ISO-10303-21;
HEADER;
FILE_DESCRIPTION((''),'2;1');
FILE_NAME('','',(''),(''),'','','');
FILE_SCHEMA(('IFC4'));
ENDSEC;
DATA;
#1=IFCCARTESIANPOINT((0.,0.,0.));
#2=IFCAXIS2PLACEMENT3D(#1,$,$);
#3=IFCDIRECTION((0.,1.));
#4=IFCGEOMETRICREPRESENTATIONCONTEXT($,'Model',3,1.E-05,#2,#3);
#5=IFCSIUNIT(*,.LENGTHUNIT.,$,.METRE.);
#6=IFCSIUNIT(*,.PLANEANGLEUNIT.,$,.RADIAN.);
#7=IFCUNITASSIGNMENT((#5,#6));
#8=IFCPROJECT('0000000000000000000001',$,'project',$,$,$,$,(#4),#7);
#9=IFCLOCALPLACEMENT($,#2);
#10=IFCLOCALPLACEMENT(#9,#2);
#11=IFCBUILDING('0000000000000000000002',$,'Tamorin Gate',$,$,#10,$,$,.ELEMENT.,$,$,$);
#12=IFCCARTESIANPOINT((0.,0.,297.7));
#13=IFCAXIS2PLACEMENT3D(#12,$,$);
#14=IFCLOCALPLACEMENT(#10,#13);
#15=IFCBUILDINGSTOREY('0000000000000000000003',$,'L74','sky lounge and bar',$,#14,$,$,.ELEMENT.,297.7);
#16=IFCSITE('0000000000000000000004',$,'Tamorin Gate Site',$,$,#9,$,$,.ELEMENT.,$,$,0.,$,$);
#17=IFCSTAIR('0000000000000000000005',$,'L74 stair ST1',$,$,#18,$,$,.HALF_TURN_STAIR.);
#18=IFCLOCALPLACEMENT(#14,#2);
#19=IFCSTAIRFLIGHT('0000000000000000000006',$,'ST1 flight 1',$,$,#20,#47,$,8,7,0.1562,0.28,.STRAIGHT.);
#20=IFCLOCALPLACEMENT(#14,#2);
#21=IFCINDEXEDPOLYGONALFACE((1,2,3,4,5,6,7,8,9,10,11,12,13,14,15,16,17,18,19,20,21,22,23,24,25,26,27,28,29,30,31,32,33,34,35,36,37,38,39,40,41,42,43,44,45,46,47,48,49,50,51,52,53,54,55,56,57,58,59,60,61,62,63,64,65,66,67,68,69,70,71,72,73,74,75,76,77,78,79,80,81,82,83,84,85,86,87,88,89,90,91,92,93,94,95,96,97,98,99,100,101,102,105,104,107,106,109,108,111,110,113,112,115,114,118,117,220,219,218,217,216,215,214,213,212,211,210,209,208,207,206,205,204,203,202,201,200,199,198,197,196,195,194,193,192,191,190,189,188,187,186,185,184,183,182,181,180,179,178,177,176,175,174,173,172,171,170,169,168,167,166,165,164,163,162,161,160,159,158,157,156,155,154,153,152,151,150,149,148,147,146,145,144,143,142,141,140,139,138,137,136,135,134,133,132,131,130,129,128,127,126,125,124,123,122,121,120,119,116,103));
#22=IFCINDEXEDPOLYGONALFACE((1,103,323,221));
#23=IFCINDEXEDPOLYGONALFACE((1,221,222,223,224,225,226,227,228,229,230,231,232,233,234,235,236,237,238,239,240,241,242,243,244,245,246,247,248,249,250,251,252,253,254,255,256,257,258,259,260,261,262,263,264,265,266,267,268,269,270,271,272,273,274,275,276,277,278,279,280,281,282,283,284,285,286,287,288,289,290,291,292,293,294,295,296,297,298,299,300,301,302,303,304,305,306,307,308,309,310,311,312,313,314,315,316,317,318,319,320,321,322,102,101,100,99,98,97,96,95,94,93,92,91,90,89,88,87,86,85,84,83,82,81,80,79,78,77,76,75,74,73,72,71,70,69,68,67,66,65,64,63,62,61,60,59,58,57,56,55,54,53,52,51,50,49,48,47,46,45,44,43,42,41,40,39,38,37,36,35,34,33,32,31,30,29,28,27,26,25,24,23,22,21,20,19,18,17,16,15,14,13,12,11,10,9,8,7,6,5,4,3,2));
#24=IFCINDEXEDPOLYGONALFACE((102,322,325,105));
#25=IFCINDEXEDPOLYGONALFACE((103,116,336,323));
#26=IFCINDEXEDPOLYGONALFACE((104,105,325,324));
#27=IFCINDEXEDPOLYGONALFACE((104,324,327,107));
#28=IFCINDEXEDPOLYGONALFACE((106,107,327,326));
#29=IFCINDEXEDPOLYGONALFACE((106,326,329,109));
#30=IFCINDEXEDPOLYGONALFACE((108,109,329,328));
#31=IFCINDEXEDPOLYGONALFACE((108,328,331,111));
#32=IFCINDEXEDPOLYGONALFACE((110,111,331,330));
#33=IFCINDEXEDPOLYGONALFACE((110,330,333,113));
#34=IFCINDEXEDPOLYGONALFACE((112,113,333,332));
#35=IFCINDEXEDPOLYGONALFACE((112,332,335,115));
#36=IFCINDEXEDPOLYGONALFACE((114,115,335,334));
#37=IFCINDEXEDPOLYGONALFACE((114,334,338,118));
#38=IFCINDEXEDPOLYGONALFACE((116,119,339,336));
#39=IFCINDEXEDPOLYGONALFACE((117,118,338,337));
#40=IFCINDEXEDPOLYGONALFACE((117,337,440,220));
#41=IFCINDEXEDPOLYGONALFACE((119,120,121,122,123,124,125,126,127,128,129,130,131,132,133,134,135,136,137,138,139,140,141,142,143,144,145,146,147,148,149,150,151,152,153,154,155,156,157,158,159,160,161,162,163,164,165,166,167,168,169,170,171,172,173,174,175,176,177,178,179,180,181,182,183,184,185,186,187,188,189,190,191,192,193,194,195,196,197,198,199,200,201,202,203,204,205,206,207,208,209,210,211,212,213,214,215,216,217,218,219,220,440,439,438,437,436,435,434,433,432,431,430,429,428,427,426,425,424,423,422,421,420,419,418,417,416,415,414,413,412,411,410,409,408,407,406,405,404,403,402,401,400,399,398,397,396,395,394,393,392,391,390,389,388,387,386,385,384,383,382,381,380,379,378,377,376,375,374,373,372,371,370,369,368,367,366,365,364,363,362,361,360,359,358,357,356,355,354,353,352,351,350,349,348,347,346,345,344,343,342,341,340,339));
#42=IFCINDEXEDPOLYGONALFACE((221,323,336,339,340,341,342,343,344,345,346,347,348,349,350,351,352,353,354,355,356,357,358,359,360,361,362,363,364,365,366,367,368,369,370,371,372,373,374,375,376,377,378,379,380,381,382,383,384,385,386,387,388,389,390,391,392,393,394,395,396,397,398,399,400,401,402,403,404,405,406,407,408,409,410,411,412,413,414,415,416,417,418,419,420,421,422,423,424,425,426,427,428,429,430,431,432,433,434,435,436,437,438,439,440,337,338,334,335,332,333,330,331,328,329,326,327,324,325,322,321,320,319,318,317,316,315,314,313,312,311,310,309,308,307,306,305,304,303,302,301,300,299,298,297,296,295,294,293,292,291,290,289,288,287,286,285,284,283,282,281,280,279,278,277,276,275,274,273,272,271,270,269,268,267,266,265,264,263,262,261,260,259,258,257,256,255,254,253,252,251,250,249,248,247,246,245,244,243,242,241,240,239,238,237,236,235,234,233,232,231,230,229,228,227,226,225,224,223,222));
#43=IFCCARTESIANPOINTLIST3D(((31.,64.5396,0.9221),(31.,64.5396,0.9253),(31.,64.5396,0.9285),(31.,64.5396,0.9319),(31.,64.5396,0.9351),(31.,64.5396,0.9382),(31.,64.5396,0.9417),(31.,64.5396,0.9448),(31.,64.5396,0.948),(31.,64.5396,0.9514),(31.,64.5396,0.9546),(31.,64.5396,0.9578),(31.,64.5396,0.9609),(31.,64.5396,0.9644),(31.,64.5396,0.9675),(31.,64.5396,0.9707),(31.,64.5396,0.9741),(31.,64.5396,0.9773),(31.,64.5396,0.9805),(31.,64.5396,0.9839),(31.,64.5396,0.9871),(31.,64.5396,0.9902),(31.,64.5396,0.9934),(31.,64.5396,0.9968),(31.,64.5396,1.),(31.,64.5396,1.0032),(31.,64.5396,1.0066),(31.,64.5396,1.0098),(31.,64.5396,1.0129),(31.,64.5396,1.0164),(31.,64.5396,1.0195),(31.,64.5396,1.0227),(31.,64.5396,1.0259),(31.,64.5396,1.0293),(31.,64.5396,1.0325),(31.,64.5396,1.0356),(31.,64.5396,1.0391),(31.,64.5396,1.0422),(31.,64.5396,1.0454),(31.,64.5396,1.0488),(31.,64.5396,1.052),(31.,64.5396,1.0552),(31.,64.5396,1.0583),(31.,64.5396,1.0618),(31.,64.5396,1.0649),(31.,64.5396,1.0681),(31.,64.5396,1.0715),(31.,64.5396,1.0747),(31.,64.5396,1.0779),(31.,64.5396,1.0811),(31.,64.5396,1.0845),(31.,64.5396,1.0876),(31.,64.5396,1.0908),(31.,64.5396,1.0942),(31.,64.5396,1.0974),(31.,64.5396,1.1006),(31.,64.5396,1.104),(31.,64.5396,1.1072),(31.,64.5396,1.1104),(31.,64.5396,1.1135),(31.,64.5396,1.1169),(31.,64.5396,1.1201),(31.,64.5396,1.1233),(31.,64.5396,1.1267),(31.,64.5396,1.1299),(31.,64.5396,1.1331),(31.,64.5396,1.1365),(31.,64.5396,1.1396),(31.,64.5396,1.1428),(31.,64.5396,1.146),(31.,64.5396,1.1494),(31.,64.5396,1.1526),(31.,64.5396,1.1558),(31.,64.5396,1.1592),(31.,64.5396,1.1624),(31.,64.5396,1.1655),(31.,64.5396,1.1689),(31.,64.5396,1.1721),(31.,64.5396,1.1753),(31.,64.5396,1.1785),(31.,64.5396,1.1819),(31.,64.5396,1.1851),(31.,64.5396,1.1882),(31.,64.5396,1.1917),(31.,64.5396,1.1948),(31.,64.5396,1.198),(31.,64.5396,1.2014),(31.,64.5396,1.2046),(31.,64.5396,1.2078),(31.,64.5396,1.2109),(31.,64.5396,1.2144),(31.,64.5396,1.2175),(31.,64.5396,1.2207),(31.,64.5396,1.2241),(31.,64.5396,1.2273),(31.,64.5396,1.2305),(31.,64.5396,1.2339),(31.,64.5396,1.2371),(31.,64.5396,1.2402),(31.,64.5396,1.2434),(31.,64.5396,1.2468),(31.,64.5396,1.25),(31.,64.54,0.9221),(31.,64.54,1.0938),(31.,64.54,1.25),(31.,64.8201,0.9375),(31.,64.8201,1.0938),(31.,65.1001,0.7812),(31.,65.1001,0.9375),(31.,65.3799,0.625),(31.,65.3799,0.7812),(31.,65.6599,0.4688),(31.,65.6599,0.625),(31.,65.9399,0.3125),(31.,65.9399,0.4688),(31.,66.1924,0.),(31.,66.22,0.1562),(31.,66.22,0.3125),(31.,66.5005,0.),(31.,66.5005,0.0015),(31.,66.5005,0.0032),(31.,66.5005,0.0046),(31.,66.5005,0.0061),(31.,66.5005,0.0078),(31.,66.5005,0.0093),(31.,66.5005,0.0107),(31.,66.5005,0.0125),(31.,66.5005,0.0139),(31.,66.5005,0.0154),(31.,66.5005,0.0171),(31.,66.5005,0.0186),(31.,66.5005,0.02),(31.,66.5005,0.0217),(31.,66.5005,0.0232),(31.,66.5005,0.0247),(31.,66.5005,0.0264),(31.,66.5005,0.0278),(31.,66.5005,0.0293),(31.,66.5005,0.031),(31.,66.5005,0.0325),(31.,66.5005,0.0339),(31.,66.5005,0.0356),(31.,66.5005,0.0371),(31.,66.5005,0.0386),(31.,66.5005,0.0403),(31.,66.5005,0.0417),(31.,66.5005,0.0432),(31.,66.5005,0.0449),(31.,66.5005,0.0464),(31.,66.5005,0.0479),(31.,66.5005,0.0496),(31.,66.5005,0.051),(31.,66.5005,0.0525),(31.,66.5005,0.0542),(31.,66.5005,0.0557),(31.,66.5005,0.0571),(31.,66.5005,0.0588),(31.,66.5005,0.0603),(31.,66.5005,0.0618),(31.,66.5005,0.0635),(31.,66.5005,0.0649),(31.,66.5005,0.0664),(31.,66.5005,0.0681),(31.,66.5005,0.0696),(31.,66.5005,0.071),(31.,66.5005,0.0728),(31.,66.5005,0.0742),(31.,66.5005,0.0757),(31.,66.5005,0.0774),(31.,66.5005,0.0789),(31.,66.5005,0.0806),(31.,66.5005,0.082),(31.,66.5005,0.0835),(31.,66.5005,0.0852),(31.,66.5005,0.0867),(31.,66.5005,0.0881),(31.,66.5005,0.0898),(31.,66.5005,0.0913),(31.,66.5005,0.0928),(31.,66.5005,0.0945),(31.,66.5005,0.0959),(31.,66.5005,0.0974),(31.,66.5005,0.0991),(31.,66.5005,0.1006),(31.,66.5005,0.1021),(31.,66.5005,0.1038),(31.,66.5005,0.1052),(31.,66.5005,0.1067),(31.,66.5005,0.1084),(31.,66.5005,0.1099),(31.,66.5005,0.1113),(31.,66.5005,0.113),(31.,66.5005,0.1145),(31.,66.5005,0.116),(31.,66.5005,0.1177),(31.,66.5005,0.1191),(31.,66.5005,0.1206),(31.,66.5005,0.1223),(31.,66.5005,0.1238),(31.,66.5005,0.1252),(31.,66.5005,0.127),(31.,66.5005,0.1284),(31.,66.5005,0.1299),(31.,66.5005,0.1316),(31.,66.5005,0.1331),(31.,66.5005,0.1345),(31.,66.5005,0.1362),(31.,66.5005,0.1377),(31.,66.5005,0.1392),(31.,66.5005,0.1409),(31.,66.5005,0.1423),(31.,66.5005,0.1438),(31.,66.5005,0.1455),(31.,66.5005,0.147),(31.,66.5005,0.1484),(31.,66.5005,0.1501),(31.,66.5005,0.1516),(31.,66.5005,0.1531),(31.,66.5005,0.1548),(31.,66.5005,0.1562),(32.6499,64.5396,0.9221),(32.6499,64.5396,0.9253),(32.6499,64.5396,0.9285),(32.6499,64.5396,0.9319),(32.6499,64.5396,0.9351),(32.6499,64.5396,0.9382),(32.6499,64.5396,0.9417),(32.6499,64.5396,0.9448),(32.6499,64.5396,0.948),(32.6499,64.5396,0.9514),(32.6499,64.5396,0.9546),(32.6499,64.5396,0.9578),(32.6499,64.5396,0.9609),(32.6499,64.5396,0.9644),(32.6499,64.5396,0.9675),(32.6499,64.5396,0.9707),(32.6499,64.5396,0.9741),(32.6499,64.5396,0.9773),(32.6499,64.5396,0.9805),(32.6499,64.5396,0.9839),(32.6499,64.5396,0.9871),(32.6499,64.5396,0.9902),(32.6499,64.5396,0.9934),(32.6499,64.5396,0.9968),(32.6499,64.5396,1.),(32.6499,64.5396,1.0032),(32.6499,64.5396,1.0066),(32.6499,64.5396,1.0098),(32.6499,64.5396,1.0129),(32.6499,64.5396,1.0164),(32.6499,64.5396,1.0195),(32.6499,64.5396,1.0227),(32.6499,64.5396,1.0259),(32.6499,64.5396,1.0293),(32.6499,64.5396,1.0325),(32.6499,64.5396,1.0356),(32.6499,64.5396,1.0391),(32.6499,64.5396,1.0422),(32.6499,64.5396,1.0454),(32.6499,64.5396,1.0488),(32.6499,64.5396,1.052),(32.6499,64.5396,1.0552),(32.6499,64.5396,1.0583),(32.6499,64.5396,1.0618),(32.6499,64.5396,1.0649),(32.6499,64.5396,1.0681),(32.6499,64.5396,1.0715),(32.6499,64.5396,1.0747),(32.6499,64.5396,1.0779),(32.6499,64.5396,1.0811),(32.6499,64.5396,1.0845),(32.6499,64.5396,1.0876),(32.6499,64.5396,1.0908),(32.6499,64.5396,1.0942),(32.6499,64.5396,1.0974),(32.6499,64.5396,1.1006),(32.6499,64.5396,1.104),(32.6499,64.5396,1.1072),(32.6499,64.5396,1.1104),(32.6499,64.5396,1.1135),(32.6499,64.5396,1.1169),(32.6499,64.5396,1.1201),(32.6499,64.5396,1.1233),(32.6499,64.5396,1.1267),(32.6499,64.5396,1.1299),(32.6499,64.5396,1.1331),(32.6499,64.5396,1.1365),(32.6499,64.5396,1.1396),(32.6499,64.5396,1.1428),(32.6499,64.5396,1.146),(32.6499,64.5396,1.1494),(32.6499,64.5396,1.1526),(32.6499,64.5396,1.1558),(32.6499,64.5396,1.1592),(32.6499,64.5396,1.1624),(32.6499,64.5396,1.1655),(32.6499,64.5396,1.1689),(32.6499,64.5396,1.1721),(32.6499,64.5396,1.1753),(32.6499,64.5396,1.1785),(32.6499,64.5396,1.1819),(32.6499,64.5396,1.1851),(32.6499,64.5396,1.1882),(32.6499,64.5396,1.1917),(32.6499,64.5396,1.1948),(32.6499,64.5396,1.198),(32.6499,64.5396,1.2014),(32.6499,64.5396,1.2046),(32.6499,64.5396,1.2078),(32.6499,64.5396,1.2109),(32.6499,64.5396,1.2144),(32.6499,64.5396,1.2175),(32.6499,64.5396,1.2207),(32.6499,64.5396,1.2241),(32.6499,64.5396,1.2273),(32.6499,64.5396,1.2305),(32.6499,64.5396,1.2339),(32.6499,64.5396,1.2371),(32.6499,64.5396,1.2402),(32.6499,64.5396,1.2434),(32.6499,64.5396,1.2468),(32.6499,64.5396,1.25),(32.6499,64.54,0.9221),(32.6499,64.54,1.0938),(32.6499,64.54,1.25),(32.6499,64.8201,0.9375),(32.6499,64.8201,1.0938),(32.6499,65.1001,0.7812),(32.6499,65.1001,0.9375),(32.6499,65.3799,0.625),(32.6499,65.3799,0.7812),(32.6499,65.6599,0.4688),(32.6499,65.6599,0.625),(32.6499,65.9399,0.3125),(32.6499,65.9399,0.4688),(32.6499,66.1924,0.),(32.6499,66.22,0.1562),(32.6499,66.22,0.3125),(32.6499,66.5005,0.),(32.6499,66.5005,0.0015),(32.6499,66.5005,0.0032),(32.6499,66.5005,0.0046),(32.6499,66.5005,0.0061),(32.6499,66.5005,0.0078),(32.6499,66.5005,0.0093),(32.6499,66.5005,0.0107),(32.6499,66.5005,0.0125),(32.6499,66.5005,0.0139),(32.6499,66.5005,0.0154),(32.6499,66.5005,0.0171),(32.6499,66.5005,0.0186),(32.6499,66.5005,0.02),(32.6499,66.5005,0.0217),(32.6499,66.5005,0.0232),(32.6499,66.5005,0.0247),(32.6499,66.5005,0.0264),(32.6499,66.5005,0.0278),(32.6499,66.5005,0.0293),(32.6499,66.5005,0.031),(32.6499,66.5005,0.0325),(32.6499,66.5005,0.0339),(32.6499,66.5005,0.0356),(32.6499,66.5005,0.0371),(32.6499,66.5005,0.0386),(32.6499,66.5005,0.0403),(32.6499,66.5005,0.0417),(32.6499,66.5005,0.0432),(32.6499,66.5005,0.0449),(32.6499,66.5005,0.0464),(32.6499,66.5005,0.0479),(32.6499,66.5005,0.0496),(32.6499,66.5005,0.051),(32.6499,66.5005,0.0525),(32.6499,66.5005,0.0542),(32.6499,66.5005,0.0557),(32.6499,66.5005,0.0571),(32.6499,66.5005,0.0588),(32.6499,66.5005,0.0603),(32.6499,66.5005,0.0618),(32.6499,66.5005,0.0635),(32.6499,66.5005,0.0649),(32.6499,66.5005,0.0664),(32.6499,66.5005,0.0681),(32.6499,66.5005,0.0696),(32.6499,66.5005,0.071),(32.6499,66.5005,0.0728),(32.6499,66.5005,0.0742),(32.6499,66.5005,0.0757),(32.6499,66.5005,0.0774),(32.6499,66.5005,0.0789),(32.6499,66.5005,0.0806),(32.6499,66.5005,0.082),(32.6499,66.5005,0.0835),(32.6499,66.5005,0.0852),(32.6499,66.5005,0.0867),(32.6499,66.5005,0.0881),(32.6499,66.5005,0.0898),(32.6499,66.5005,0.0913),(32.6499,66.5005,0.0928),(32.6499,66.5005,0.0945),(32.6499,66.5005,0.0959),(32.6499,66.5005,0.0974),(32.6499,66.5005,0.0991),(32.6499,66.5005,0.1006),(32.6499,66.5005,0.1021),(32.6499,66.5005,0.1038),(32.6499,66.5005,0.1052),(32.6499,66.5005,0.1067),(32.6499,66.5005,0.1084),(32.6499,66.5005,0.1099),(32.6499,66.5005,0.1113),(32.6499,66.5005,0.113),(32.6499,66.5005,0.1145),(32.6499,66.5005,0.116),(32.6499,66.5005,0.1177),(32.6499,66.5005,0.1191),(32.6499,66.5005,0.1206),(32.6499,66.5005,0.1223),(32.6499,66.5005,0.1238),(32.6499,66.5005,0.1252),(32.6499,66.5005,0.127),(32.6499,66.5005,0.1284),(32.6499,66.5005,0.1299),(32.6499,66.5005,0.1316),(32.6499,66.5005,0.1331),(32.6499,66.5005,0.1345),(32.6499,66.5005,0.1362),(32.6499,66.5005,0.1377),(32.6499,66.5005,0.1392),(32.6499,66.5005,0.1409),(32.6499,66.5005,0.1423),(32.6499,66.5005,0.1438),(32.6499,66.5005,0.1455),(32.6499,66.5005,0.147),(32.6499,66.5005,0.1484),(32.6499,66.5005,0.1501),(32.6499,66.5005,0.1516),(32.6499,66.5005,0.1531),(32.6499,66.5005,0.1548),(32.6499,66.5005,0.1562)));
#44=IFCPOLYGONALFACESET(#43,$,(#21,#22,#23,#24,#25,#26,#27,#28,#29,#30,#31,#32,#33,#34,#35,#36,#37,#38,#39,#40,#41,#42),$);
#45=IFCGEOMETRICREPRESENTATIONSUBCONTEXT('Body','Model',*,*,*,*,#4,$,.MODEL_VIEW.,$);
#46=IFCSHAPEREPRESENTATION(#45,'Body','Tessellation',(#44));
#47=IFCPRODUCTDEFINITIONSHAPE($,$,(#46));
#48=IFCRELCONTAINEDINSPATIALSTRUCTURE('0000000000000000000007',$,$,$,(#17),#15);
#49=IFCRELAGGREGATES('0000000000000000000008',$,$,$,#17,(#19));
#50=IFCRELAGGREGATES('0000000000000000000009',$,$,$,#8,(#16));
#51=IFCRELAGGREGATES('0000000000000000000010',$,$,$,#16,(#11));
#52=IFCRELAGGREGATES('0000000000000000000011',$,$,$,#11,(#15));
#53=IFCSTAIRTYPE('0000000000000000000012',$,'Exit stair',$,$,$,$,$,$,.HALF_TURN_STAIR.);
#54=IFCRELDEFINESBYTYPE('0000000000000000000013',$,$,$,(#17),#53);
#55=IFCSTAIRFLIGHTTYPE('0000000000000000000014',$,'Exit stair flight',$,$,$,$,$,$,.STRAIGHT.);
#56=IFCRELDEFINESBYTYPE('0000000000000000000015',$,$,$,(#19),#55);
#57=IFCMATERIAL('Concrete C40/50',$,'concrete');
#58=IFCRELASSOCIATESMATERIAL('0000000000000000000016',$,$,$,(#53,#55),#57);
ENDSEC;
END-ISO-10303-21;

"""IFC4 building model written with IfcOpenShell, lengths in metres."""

from ifc_helpers import new_model, si_unit, direction, frame, origin, place, context, subcontext, project, spatial, polyline, outline, extrude, material, type_object, element, aggregate, save


model = new_model("IFC4")

# Units and contexts
model_context = context("Model", 3, precision=1e-05, world=origin(), true_north=direction((0.0, 1.0)))
body_context = subcontext(model_context, "Body", "Model", "MODEL_VIEW")
ifc_project = project(units=[si_unit("LENGTHUNIT", "METRE"), si_unit("PLANEANGLEUNIT", "RADIAN")], contexts=[model_context])

# Site, building, storey
site_placement = place(None, origin())
site = spatial("IfcSite", under=ifc_project, at=site_placement, Name="Tamorin Gate Site", CompositionType="ELEMENT", RefElevation=0.0)
building_placement = place(site_placement, origin())
building = spatial("IfcBuilding", under=site, at=building_placement, Name="Tamorin Gate", CompositionType="ELEMENT")
storey_placement = place(building_placement, frame((0.0, 0.0, 297.7)))
storey = spatial("IfcBuildingStorey", under=building, at=storey_placement, Name="L74", Description="sky lounge and bar", CompositionType="ELEMENT", Elevation=297.7)

# Stair, stair flight
ifc_material_1 = material(Name="Concrete C40/50", Category="concrete")
stair_type = type_object("IfcStairType", Name="Exit stair", PredefinedType="HALF_TURN_STAIR", material=ifc_material_1)
stair_placement = place(storey_placement, origin())
stair = element("IfcStair", 1, at=stair_placement, inside=storey, type_object=stair_type, Name="L74 stair ST1", PredefinedType="HALF_TURN_STAIR")
stair_flight_type = type_object("IfcStairFlightType", Name="Exit stair flight", PredefinedType="STRAIGHT", material=ifc_material_1)
stair_flight_placement = place(storey_placement, frame((31.825, 66.5, 0.0), z_axis=(0.0, 0.0, 1.0), x_axis=(0.0, -1.0, 0.0)))
stair_flight = element("IfcStairFlight", 2, at=stair_flight_placement, type_object=stair_flight_type, Name="ST1 flight 1", NumberOfRisers=8, NumberOfTreads=7, PredefinedType="STRAIGHT", RiserHeight=0.1562, TreadLength=0.28, context=body_context, shape_type="SweptSolid", body=[
    extrude(outline(polyline([(-0.0005, 0.0), (-0.0005, 0.0015), (-0.0005, 0.0032), (-0.0005, 0.0046), (-0.0005, 0.0061), (-0.0005, 0.0078), (-0.0005, 0.0093), (-0.0005, 0.0107), (-0.0005, 0.0125), (-0.0005, 0.0139), (-0.0005, 0.0154), (-0.0005, 0.0171), (-0.0005, 0.0186), (-0.0005, 0.02), (-0.0005, 0.0217), (-0.0005, 0.0232), (-0.0005, 0.0247), (-0.0005, 0.0264), (-0.0005, 0.0278), (-0.0005, 0.0293), (-0.0005, 0.031), (-0.0005, 0.0325), (-0.0005, 0.0339), (-0.0005, 0.0356), (-0.0005, 0.0371), (-0.0005, 0.0386), (-0.0005, 0.0403), (-0.0005, 0.0417), (-0.0005, 0.0432), (-0.0005, 0.0449), (-0.0005, 0.0464), (-0.0005, 0.0479), (-0.0005, 0.0496), (-0.0005, 0.051), (-0.0005, 0.0525), (-0.0005, 0.0542), (-0.0005, 0.0557), (-0.0005, 0.0571), (-0.0005, 0.0588), (-0.0005, 0.0603), (-0.0005, 0.0618), (-0.0005, 0.0635), (-0.0005, 0.0649), (-0.0005, 0.0664), (-0.0005, 0.0681), (-0.0005, 0.0696), (-0.0005, 0.071), (-0.0005, 0.0728), (-0.0005, 0.0742), (-0.0005, 0.0757), (-0.0005, 0.0774), (-0.0005, 0.0789), (-0.0005, 0.0806), (-0.0005, 0.082), (-0.0005, 0.0835), (-0.0005, 0.0852), (-0.0005, 0.0867), (-0.0005, 0.0881), (-0.0005, 0.0898), (-0.0005, 0.0913), (-0.0005, 0.0928), (-0.0005, 0.0945), (-0.0005, 0.0959), (-0.0005, 0.0974), (-0.0005, 0.0991), (-0.0005, 0.1006), (-0.0005, 0.1021), (-0.0005, 0.1038), (-0.0005, 0.1052), (-0.0005, 0.1067), (-0.0005, 0.1084), (-0.0005, 0.1099), (-0.0005, 0.1113), (-0.0005, 0.113), (-0.0005, 0.1145), (-0.0005, 0.116), (-0.0005, 0.1177), (-0.0005, 0.1191), (-0.0005, 0.1206), (-0.0005, 0.1223), (-0.0005, 0.1238), (-0.0005, 0.1252), (-0.0005, 0.127), (-0.0005, 0.1284), (-0.0005, 0.1299), (-0.0005, 0.1316), (-0.0005, 0.1331), (-0.0005, 0.1345), (-0.0005, 0.1362), (-0.0005, 0.1377), (-0.0005, 0.1392), (-0.0005, 0.1409), (-0.0005, 0.1423), (-0.0005, 0.1438), (-0.0005, 0.1455), (-0.0005, 0.147), (-0.0005, 0.1484), (-0.0005, 0.1501), (-0.0005, 0.1516), (-0.0005, 0.1531), (-0.0005, 0.1548), (-0.0005, 0.1562), (0.28, 0.1562), (0.28, 0.3125), (0.5601, 0.3125), (0.5601, 0.4688), (0.8401, 0.4688), (0.8401, 0.625), (1.1201, 0.625), (1.1201, 0.7812), (1.3999, 0.7812), (1.3999, 0.9375), (1.6799, 0.9375), (1.6799, 1.0938), (1.96, 1.0938), (1.96, 1.25), (1.9604, 1.25), (1.9604, 1.2468), (1.9604, 1.2434), (1.9604, 1.2402), (1.9604, 1.2371), (1.9604, 1.2339), (1.9604, 1.2305), (1.9604, 1.2273), (1.9604, 1.2241), (1.9604, 1.2207), (1.9604, 1.2175), (1.9604, 1.2144), (1.9604, 1.2109), (1.9604, 1.2078), (1.9604, 1.2046), (1.9604, 1.2014), (1.9604, 1.198), (1.9604, 1.1948), (1.9604, 1.1917), (1.9604, 1.1882), (1.9604, 1.1851), (1.9604, 1.1819), (1.9604, 1.1785), (1.9604, 1.1753), (1.9604, 1.1721), (1.9604, 1.1689), (1.9604, 1.1655), (1.9604, 1.1624), (1.9604, 1.1592), (1.9604, 1.1558), (1.9604, 1.1526), (1.9604, 1.1494), (1.9604, 1.146), (1.9604, 1.1428), (1.9604, 1.1396), (1.9604, 1.1365), (1.9604, 1.1331), (1.9604, 1.1299), (1.9604, 1.1267), (1.9604, 1.1233), (1.9604, 1.1201), (1.9604, 1.1169), (1.9604, 1.1135), (1.9604, 1.1104), (1.9604, 1.1072), (1.9604, 1.104), (1.9604, 1.1006), (1.9604, 1.0974), (1.9604, 1.0942), (1.9604, 1.0908), (1.9604, 1.0876), (1.9604, 1.0845), (1.9604, 1.0811), (1.9604, 1.0779), (1.9604, 1.0747), (1.9604, 1.0715), (1.9604, 1.0681), (1.9604, 1.0649), (1.9604, 1.0618), (1.9604, 1.0583), (1.9604, 1.0552), (1.9604, 1.052), (1.9604, 1.0488), (1.9604, 1.0454), (1.9604, 1.0422), (1.9604, 1.0391), (1.9604, 1.0356), (1.9604, 1.0325), (1.9604, 1.0293), (1.9604, 1.0259), (1.9604, 1.0227), (1.9604, 1.0195), (1.9604, 1.0164), (1.9604, 1.0129), (1.9604, 1.0098), (1.9604, 1.0066), (1.9604, 1.0032), (1.9604, 1.0), (1.9604, 0.9968), (1.9604, 0.9934), (1.9604, 0.9902), (1.9604, 0.9871), (1.9604, 0.9839), (1.9604, 0.9805), (1.9604, 0.9773), (1.9604, 0.9741), (1.9604, 0.9707), (1.9604, 0.9675), (1.9604, 0.9644), (1.9604, 0.9609), (1.9604, 0.9578), (1.9604, 0.9546), (1.9604, 0.9514), (1.9604, 0.948), (1.9604, 0.9448), (1.9604, 0.9417), (1.9604, 0.9382), (1.9604, 0.9351), (1.9604, 0.9319), (1.9604, 0.9285), (1.9604, 0.9253), (1.9604, 0.9221), (1.96, 0.9221), (0.3076, 0.0), (-0.0005, 0.0)])), frame((0.0, 0.825, 0.0), z_axis=(0.0, -1.0, 0.0), x_axis=(1.0, 0.0, 0.0)), (0.0, 0.0, 1.0), 1.6499),
])
aggregate(stair, [stair_flight])

save(model, "model.ifc")
